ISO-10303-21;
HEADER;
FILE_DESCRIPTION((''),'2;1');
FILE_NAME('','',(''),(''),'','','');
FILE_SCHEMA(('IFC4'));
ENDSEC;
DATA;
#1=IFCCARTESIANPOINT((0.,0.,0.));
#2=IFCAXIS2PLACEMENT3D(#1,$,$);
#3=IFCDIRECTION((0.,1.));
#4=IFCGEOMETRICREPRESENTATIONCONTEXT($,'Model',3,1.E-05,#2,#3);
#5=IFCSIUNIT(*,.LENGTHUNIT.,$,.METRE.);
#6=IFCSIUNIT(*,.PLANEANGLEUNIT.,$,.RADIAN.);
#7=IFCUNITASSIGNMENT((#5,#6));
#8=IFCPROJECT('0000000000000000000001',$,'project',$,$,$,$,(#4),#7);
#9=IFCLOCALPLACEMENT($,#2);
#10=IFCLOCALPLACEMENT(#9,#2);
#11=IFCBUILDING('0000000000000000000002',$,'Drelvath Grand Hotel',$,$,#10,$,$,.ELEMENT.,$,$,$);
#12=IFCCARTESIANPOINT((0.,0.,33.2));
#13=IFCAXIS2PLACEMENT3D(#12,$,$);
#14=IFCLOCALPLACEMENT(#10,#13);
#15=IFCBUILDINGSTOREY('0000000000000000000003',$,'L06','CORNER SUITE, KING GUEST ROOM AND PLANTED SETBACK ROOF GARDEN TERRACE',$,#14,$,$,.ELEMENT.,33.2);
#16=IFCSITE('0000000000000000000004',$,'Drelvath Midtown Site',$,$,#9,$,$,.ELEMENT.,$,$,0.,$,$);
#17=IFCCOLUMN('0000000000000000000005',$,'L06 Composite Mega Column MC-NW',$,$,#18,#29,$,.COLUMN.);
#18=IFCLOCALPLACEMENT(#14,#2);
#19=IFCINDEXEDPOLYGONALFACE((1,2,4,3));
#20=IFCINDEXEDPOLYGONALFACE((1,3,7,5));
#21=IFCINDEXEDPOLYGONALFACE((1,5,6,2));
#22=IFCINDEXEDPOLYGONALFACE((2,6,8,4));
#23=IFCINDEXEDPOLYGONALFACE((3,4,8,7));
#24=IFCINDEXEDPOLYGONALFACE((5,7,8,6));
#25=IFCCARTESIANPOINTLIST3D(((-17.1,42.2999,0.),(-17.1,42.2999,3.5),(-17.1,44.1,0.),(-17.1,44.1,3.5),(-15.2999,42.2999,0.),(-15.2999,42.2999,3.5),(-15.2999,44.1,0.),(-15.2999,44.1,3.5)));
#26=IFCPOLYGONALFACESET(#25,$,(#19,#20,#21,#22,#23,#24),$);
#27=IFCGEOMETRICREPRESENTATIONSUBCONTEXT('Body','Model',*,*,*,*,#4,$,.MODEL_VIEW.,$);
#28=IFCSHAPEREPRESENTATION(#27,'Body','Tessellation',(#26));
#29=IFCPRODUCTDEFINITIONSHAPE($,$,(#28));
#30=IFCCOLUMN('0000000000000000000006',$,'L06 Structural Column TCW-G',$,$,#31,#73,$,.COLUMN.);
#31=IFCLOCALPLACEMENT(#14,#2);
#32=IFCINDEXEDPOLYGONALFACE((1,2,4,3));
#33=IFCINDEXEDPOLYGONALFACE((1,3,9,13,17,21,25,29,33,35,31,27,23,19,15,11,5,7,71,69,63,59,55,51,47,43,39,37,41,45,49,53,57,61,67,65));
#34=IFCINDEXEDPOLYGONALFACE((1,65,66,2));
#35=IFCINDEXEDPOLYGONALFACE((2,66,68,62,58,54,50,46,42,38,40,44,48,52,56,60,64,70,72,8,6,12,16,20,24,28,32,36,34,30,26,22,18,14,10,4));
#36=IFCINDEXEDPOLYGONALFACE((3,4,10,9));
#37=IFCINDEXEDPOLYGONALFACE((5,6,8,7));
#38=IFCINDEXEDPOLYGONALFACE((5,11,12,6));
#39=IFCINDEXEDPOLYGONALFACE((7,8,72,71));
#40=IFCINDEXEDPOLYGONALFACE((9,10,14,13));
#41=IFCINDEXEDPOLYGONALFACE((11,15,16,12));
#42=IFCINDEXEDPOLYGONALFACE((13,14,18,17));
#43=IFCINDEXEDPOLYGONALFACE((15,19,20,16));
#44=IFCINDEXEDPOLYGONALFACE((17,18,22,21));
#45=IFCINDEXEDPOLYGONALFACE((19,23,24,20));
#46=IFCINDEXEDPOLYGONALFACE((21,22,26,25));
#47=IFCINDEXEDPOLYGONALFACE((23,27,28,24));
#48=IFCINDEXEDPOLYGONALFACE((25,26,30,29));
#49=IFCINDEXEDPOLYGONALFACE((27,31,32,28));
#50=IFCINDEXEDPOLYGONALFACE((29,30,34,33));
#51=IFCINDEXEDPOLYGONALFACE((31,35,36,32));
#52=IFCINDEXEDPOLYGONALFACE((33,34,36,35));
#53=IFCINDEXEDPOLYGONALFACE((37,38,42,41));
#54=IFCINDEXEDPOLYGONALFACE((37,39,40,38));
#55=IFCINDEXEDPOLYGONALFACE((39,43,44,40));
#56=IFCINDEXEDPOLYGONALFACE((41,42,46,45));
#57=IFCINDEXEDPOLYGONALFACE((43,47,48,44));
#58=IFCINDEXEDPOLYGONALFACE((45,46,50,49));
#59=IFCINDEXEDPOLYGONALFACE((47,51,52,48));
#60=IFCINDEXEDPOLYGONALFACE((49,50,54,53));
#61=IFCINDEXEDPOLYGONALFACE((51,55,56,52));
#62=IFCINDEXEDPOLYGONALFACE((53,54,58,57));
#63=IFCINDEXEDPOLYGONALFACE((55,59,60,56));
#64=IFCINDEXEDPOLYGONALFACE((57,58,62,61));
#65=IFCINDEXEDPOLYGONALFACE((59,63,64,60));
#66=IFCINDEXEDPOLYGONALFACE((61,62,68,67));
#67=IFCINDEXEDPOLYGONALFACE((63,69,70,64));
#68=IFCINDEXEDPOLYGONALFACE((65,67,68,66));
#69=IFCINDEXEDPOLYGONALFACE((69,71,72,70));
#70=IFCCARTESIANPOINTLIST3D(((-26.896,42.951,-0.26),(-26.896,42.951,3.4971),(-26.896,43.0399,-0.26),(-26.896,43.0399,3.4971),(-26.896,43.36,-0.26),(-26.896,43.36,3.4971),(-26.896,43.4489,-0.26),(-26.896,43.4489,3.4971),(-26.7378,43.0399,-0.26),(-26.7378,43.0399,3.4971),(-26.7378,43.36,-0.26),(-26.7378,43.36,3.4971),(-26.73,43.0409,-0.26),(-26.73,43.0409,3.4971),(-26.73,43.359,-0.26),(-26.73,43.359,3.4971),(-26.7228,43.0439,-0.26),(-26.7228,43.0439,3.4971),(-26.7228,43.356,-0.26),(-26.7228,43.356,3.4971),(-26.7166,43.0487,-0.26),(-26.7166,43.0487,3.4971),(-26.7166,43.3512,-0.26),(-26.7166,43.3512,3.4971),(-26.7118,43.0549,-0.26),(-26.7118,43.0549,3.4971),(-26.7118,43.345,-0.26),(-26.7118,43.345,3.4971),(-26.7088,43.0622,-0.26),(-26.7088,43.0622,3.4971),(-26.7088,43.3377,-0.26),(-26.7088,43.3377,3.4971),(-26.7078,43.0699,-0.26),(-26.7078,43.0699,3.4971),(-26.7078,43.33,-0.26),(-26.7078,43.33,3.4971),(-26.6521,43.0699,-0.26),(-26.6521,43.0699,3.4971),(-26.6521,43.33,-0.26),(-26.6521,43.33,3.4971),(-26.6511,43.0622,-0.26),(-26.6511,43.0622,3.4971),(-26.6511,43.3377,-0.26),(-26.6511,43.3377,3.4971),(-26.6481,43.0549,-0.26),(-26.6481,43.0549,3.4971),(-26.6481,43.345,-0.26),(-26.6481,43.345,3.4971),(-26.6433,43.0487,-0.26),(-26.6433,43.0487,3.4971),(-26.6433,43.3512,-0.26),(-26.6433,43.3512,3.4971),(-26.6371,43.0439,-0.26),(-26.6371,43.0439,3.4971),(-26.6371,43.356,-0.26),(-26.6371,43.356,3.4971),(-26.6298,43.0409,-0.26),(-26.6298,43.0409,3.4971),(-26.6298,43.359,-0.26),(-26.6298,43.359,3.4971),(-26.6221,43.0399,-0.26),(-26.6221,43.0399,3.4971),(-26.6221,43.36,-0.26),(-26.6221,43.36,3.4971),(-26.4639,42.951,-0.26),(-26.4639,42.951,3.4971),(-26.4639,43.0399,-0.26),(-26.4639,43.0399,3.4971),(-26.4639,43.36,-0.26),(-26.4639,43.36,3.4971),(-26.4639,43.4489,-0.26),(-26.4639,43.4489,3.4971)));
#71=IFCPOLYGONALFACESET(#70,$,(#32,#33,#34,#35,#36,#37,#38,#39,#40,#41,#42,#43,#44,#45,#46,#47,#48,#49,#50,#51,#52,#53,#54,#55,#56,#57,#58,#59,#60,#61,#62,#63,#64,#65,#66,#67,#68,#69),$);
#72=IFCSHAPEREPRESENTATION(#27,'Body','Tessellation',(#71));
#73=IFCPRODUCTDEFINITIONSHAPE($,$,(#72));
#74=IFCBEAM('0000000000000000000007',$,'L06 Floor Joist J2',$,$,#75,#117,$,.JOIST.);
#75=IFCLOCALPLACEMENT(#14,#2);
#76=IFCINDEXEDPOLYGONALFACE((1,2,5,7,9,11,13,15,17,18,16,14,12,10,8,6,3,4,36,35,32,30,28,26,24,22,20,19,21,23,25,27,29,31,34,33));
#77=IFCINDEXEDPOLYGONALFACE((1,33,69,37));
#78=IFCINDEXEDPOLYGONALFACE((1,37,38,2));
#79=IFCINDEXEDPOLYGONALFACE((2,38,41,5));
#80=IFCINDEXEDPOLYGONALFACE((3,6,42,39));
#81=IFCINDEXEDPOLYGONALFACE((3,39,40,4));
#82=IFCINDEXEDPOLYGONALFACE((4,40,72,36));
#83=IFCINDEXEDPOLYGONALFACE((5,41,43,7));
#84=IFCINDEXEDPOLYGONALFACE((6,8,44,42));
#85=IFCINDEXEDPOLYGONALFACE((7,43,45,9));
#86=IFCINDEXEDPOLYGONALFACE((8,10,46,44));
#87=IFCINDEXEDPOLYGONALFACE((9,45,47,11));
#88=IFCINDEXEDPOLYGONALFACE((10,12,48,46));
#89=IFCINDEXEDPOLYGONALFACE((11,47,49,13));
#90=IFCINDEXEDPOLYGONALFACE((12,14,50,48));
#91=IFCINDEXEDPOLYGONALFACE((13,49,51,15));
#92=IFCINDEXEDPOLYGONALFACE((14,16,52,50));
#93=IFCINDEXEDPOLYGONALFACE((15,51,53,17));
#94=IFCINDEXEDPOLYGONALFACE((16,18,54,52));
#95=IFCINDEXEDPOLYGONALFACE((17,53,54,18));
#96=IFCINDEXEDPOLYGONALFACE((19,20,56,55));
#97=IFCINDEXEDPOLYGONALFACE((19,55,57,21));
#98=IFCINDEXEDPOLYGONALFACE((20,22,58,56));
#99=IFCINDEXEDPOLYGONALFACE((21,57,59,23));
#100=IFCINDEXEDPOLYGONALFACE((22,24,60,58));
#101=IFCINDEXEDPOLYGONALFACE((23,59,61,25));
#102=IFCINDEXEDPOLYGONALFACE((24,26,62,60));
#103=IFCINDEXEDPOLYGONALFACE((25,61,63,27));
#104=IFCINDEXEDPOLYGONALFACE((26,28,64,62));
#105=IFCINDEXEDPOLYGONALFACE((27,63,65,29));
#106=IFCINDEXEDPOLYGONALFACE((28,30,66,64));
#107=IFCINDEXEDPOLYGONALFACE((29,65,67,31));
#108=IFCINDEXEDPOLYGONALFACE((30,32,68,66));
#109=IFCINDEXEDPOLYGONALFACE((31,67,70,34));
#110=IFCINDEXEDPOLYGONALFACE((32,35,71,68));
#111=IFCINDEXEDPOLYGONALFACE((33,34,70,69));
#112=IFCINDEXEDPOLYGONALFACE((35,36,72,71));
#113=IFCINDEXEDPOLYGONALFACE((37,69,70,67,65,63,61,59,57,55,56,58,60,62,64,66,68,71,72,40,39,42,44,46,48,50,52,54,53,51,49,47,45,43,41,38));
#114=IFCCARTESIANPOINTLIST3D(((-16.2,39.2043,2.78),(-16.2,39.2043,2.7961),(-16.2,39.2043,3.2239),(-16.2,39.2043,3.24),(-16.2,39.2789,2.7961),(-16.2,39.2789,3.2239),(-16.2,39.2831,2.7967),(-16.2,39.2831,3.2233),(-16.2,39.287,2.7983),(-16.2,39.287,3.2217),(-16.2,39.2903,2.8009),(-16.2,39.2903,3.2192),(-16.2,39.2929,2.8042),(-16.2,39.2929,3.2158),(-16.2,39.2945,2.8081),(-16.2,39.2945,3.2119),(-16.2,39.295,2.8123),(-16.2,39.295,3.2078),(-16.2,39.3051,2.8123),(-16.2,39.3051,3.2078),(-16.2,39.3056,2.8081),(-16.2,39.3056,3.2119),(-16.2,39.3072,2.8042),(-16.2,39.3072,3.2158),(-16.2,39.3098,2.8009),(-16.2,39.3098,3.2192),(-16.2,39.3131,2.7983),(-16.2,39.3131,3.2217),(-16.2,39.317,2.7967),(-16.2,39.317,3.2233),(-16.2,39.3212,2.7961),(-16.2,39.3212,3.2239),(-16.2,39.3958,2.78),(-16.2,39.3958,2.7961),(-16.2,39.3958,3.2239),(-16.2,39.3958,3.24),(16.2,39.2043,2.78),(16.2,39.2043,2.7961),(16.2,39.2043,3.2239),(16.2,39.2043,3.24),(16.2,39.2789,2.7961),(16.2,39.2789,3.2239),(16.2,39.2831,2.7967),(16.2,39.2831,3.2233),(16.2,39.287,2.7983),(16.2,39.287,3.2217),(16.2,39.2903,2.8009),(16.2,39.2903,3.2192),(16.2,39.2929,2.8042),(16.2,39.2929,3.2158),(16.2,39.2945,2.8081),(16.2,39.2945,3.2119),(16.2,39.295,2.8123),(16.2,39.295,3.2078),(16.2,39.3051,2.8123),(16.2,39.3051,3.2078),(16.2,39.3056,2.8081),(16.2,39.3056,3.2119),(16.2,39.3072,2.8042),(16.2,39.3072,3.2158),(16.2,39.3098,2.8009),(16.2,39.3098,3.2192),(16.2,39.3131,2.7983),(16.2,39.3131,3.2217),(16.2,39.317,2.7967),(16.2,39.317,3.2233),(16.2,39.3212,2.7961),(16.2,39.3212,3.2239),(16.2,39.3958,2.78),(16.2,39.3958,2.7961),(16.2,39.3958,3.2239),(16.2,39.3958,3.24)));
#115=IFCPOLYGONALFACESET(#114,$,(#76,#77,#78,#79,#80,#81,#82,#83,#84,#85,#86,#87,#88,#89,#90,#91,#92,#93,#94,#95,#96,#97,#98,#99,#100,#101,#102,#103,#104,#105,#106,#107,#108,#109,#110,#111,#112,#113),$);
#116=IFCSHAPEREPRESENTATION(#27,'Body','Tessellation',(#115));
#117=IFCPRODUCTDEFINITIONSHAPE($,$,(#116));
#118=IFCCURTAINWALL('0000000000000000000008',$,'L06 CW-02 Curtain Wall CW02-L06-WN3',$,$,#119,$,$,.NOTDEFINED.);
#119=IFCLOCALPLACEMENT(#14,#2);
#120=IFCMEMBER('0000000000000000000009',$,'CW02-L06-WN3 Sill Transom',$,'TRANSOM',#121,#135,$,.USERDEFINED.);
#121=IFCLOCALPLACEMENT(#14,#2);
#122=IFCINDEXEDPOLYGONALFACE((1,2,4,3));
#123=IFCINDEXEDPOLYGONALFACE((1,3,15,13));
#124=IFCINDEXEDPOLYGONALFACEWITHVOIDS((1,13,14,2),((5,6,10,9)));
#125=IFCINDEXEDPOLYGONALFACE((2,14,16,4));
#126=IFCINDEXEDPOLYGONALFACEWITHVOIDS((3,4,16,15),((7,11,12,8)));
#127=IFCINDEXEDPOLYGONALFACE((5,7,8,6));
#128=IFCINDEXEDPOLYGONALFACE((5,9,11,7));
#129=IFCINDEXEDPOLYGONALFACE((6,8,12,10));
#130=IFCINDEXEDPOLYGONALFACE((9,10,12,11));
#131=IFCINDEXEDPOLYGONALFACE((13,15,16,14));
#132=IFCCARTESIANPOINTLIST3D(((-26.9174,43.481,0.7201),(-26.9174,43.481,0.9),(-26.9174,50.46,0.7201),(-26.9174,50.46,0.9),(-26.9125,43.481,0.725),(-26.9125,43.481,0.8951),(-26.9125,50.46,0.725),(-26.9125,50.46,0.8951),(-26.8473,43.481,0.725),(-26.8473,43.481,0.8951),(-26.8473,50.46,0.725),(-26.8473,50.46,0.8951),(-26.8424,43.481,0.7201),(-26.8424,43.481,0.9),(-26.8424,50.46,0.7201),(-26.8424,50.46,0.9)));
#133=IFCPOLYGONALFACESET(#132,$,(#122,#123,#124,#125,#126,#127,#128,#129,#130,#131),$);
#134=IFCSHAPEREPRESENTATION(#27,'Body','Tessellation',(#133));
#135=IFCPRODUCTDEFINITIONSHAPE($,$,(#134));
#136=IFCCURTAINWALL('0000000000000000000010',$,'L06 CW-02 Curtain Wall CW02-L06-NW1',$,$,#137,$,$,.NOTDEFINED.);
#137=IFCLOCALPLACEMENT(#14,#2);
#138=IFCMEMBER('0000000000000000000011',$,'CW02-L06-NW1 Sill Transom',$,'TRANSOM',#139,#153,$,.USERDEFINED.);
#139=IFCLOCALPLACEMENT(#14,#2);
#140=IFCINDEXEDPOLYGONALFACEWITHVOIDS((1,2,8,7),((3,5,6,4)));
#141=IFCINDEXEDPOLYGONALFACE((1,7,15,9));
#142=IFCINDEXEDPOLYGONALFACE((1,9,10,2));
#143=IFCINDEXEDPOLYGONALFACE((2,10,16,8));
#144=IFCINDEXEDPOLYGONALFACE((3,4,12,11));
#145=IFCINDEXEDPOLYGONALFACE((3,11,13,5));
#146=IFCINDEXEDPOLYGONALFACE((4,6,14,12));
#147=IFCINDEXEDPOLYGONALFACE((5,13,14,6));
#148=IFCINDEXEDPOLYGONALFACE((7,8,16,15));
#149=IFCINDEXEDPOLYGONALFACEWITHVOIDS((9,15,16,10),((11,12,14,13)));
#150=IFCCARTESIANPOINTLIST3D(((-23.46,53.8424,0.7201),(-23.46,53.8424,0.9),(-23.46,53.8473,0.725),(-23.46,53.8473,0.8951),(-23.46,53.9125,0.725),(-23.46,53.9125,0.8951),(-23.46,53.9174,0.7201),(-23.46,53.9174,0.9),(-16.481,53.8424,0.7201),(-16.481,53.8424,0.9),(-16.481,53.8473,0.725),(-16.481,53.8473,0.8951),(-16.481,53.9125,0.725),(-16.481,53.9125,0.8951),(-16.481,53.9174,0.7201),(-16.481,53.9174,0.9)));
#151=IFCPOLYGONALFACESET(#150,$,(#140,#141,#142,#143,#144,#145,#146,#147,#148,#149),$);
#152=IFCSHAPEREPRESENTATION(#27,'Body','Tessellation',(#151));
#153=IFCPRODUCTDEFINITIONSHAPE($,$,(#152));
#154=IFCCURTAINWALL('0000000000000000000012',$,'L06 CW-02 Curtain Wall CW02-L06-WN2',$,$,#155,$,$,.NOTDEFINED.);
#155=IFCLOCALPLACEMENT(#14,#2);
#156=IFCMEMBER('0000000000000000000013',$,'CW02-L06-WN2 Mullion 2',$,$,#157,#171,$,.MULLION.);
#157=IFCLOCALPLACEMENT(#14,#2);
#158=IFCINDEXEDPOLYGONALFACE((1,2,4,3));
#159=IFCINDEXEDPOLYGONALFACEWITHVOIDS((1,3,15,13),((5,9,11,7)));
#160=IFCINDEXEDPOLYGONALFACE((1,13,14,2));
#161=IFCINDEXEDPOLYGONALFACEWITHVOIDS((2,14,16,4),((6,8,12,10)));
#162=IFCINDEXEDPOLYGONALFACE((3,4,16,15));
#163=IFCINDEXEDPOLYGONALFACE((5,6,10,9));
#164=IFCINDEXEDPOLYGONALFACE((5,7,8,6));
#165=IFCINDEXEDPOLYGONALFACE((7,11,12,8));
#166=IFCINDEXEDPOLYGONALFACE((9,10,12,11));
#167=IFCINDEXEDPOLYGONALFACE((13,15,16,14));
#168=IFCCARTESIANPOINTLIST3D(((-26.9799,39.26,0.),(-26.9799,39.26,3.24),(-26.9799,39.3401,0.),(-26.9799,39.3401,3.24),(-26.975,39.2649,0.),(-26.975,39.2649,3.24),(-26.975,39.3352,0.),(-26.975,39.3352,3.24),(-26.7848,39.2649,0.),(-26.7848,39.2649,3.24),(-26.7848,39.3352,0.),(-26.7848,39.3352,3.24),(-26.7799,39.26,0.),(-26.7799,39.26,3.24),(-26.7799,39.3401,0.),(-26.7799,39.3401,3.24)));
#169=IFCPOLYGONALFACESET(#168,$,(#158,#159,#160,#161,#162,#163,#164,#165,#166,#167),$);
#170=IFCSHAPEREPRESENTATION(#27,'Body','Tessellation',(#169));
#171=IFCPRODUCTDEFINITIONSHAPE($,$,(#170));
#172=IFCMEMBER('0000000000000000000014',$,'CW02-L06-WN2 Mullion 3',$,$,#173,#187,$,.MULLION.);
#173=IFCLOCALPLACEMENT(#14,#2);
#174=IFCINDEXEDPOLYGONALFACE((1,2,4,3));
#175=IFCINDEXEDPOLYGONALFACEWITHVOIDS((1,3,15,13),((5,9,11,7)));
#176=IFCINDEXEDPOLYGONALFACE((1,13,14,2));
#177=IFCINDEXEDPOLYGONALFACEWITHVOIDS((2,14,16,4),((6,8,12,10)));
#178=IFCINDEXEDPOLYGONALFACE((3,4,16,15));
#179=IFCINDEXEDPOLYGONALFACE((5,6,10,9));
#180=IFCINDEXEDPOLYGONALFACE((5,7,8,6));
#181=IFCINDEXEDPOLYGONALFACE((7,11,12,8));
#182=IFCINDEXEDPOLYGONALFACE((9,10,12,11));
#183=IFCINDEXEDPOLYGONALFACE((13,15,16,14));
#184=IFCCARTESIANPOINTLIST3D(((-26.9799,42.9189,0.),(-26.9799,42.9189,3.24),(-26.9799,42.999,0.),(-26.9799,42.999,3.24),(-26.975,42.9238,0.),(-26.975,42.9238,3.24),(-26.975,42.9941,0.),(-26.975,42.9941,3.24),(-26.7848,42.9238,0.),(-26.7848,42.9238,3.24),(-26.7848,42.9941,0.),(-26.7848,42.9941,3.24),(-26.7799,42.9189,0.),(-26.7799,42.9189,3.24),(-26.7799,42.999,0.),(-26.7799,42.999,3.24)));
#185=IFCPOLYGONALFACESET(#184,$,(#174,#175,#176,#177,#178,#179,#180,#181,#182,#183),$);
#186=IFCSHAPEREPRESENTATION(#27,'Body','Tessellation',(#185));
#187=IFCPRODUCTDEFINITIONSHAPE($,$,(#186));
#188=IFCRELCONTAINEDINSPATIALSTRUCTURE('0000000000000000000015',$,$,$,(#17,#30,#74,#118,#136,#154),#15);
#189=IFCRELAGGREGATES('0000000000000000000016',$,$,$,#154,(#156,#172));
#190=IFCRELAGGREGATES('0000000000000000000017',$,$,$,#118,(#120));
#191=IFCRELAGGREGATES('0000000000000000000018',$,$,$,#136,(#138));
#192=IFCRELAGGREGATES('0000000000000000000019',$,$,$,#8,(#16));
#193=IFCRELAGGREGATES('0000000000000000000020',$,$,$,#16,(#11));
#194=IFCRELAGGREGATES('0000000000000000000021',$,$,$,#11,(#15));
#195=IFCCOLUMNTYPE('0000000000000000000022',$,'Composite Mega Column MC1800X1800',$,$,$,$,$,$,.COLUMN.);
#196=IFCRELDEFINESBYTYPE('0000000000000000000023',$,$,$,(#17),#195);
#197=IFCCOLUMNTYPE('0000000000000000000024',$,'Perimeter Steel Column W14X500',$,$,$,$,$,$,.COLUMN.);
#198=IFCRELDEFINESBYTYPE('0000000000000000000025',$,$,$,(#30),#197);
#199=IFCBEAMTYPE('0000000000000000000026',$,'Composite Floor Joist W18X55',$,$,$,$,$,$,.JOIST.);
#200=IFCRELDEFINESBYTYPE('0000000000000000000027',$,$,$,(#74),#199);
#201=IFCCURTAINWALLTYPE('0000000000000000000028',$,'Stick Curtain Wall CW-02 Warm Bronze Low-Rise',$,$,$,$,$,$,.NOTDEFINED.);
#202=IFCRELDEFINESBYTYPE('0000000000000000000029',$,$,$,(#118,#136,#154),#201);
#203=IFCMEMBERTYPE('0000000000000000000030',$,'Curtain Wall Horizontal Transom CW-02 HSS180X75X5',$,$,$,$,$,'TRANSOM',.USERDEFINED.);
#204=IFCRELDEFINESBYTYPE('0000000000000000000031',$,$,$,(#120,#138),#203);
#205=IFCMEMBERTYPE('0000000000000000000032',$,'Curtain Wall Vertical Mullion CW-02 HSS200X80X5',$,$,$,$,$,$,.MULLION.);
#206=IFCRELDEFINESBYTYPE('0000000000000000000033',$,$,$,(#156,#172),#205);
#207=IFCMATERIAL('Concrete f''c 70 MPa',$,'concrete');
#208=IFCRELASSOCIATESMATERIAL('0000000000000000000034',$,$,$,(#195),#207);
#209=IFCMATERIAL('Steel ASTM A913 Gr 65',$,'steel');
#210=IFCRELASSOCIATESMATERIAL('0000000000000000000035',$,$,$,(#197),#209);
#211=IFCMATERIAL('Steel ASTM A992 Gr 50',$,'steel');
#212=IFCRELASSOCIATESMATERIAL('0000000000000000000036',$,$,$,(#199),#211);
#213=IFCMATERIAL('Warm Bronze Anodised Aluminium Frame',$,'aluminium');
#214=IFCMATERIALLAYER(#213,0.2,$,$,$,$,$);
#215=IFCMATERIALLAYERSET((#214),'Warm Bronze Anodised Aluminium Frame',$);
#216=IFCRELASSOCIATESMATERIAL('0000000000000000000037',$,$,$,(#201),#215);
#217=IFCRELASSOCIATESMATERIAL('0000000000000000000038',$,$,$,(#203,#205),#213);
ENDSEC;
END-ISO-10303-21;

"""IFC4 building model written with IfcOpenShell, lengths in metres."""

from ifc_helpers import new_model, si_unit, direction, frame, origin, origin_2d, place, context, subcontext, project, spatial, rectangle, hollow_rectangle, i_section, extrude, material, layer, layer_set, material_profile, profile_set, type_object, element, aggregate, save


model = new_model("IFC4")

# Units and contexts
model_context = context("Model", 3, precision=1e-05, world=origin(), true_north=direction((0.0, 1.0)))
body_context = subcontext(model_context, "Body", "Model", "MODEL_VIEW")
ifc_project = project(units=[si_unit("LENGTHUNIT", "METRE"), si_unit("PLANEANGLEUNIT", "RADIAN")], contexts=[model_context])

# Site, building, storey
site_placement = place(None, origin())
site = spatial("IfcSite", under=ifc_project, at=site_placement, Name="Drelvath Midtown Site", CompositionType="ELEMENT", RefElevation=0.0)
building_placement = place(site_placement, origin())
building = spatial("IfcBuilding", under=site, at=building_placement, Name="Drelvath Grand Hotel", CompositionType="ELEMENT")
storey_placement = place(building_placement, frame((0.0, 0.0, 33.2)))
storey = spatial("IfcBuildingStorey", under=building, at=storey_placement, Name="L06", Description="CORNER SUITE, KING GUEST ROOM AND PLANTED SETBACK ROOF GARDEN TERRACE", CompositionType="ELEMENT", Elevation=33.2)

# Columns
ifc_material_1 = material(Name="Concrete f'c 70 MPa", Category="concrete")
ifc_material_profile_1 = material_profile(ifc_material_1, rectangle(XDim=1.8, YDim=1.8, at=origin_2d()), Name="MC1800X1800")
ifc_profile_set_1 = profile_set([ifc_material_profile_1], Name="Concrete f'c 70 MPa")
column_type_1 = type_object("IfcColumnType", Name="Composite Mega Column MC1800X1800", PredefinedType="COLUMN", material=ifc_profile_set_1)
column_1_placement = place(storey_placement, frame((-16.2, 43.2, 0.0), z_axis=(0.0, 0.0, 1.0), x_axis=(1.0, 0.0, 0.0)))
element("IfcColumn", 1, at=column_1_placement, inside=storey, type_object=column_type_1, Name="L06 Composite Mega Column MC-NW", PredefinedType="COLUMN", context=body_context, shape_type="SweptSolid", body=[
    extrude(rectangle(XDim=1.8, YDim=1.8, at=origin_2d()), origin(), (0.0, 0.0, 1.0), 3.5),
])
ifc_material_2 = material(Name="Steel ASTM A913 Gr 65", Category="steel")
ifc_material_profile_2 = material_profile(ifc_material_2, i_section(OverallWidth=0.4321, OverallDepth=0.4978, WebThickness=0.0557, FlangeThickness=0.0889, FilletRadius=0.03, at=origin_2d()), Name="W14X500")
ifc_profile_set_2 = profile_set([ifc_material_profile_2], Name="Steel ASTM A913 Gr 65")
column_type_2 = type_object("IfcColumnType", Name="Perimeter Steel Column W14X500", PredefinedType="COLUMN", material=ifc_profile_set_2)
column_2_placement = place(storey_placement, frame((-26.6799, 43.2, -0.26), z_axis=(0.0, 0.0, 1.0), x_axis=(1.0, 0.0, 0.0)))
element("IfcColumn", 2, at=column_2_placement, inside=storey, type_object=column_type_2, Name="L06 Structural Column TCW-G", PredefinedType="COLUMN", context=body_context, shape_type="SweptSolid", body=[
    extrude(i_section(OverallWidth=0.4321, OverallDepth=0.4978, WebThickness=0.0557, FlangeThickness=0.0889, FilletRadius=0.03, at=origin_2d()), origin(), (0.0, 0.0, 1.0), 3.7571),
])

# Beam
ifc_material_3 = material(Name="Steel ASTM A992 Gr 50", Category="steel")
ifc_material_profile_3 = material_profile(ifc_material_3, i_section(OverallWidth=0.1914, OverallDepth=0.46, WebThickness=0.01, FlangeThickness=0.0161, FilletRadius=0.0161, at=origin_2d()), Name="W18X55")
ifc_profile_set_3 = profile_set([ifc_material_profile_3], Name="Steel ASTM A992 Gr 50")
beam_type_1 = type_object("IfcBeamType", Name="Composite Floor Joist W18X55", PredefinedType="JOIST", material=ifc_profile_set_3)
beam_1_placement = place(storey_placement, frame((-16.2, 39.3, 3.01), z_axis=(1.0, 0.0, 0.0), x_axis=(0.0, 1.0, 0.0)))
element("IfcBeam", 3, at=beam_1_placement, inside=storey, type_object=beam_type_1, Name="L06 Floor Joist J2", PredefinedType="JOIST", context=body_context, shape_type="SweptSolid", body=[
    extrude(i_section(OverallWidth=0.1914, OverallDepth=0.46, WebThickness=0.01, FlangeThickness=0.0161, FilletRadius=0.0161, at=origin_2d()), origin(), (0.0, 0.0, 1.0), 32.3999),
])

# Curtain walls, members
ifc_material_4 = material(Name="Warm Bronze Anodised Aluminium Frame", Category="aluminium")
ifc_layer_1 = layer(ifc_material_4, 0.2)
ifc_layer_set_1 = layer_set([ifc_layer_1], Name="Warm Bronze Anodised Aluminium Frame")
curtain_wall_type = type_object("IfcCurtainWallType", Name="Stick Curtain Wall CW-02 Warm Bronze Low-Rise", PredefinedType="NOTDEFINED", material=ifc_layer_set_1)
curtain_wall_1_placement = place(storey_placement, origin())
curtain_wall_1 = element("IfcCurtainWall", 4, at=curtain_wall_1_placement, inside=storey, type_object=curtain_wall_type, Name="L06 CW-02 Curtain Wall CW02-L06-WN3", PredefinedType="NOTDEFINED")
ifc_material_profile_4 = material_profile(ifc_material_4, hollow_rectangle(XDim=0.075, YDim=0.1799, WallThickness=0.0049, at=origin_2d()), Name="HSS180X75X5")
ifc_profile_set_4 = profile_set([ifc_material_profile_4], Name="Warm Bronze Anodised Aluminium Frame")
member_type_1 = type_object("IfcMemberType", Name="Curtain Wall Horizontal Transom CW-02 HSS180X75X5", ElementType="TRANSOM", PredefinedType="USERDEFINED", material=ifc_profile_set_4)
member_1_placement = place(storey_placement, frame((-26.8799, 43.481, 0.8101), z_axis=(0.0, 1.0, 0.0), x_axis=(-1.0, 0.0, 0.0)))
member_1 = element("IfcMember", 5, at=member_1_placement, type_object=member_type_1, Name="CW02-L06-WN3 Sill Transom", ObjectType="TRANSOM", PredefinedType="USERDEFINED", context=body_context, shape_type="SweptSolid", body=[
    extrude(hollow_rectangle(XDim=0.075, YDim=0.1799, WallThickness=0.0049, at=origin_2d()), origin(), (0.0, 0.0, 1.0), 6.979),
])
curtain_wall_2_placement = place(storey_placement, origin())
curtain_wall_2 = element("IfcCurtainWall", 6, at=curtain_wall_2_placement, inside=storey, type_object=curtain_wall_type, Name="L06 CW-02 Curtain Wall CW02-L06-NW1", PredefinedType="NOTDEFINED")
member_2_placement = place(storey_placement, frame((-23.46, 53.8799, 0.8101), z_axis=(1.0, 0.0, 0.0), x_axis=(0.0, 1.0, 0.0)))
member_2 = element("IfcMember", 7, at=member_2_placement, type_object=member_type_1, Name="CW02-L06-NW1 Sill Transom", ObjectType="TRANSOM", PredefinedType="USERDEFINED", context=body_context, shape_type="SweptSolid", body=[
    extrude(hollow_rectangle(XDim=0.075, YDim=0.1799, WallThickness=0.0049, at=origin_2d()), origin(), (0.0, 0.0, 1.0), 6.979),
])

# Curtain wall, members
curtain_wall_3_placement = place(storey_placement, origin())
curtain_wall_3 = element("IfcCurtainWall", 8, at=curtain_wall_3_placement, inside=storey, type_object=curtain_wall_type, Name="L06 CW-02 Curtain Wall CW02-L06-WN2", PredefinedType="NOTDEFINED")
ifc_material_profile_5 = material_profile(ifc_material_4, hollow_rectangle(XDim=0.0801, YDim=0.2, WallThickness=0.0049, at=origin_2d()), Name="HSS200X80X5")
ifc_profile_set_5 = profile_set([ifc_material_profile_5], Name="Warm Bronze Anodised Aluminium Frame")
member_type_2 = type_object("IfcMemberType", Name="Curtain Wall Vertical Mullion CW-02 HSS200X80X5", PredefinedType="MULLION", material=ifc_profile_set_5)
member_3_placement = place(storey_placement, frame((-26.8799, 39.3, 0.0), z_axis=(0.0, 0.0, 1.0), x_axis=(0.0, 1.0, 0.0)))
member_3 = element("IfcMember", 9, at=member_3_placement, type_object=member_type_2, Name="CW02-L06-WN2 Mullion 2", PredefinedType="MULLION", context=body_context, shape_type="SweptSolid", body=[
    extrude(hollow_rectangle(XDim=0.0801, YDim=0.2, WallThickness=0.0049, at=origin_2d()), origin(), (0.0, 0.0, 1.0), 3.24),
])
member_4_placement = place(storey_placement, frame((-26.8799, 42.959, 0.0), z_axis=(0.0, 0.0, 1.0), x_axis=(0.0, 1.0, 0.0)))
member_4 = element("IfcMember", 10, at=member_4_placement, type_object=member_type_2, Name="CW02-L06-WN2 Mullion 3", PredefinedType="MULLION", context=body_context, shape_type="SweptSolid", body=[
    extrude(hollow_rectangle(XDim=0.0801, YDim=0.2, WallThickness=0.0049, at=origin_2d()), origin(), (0.0, 0.0, 1.0), 3.24),
])

aggregate(curtain_wall_3, [member_3, member_4])
aggregate(curtain_wall_1, [member_1])
aggregate(curtain_wall_2, [member_2])

save(model, "model.ifc")
